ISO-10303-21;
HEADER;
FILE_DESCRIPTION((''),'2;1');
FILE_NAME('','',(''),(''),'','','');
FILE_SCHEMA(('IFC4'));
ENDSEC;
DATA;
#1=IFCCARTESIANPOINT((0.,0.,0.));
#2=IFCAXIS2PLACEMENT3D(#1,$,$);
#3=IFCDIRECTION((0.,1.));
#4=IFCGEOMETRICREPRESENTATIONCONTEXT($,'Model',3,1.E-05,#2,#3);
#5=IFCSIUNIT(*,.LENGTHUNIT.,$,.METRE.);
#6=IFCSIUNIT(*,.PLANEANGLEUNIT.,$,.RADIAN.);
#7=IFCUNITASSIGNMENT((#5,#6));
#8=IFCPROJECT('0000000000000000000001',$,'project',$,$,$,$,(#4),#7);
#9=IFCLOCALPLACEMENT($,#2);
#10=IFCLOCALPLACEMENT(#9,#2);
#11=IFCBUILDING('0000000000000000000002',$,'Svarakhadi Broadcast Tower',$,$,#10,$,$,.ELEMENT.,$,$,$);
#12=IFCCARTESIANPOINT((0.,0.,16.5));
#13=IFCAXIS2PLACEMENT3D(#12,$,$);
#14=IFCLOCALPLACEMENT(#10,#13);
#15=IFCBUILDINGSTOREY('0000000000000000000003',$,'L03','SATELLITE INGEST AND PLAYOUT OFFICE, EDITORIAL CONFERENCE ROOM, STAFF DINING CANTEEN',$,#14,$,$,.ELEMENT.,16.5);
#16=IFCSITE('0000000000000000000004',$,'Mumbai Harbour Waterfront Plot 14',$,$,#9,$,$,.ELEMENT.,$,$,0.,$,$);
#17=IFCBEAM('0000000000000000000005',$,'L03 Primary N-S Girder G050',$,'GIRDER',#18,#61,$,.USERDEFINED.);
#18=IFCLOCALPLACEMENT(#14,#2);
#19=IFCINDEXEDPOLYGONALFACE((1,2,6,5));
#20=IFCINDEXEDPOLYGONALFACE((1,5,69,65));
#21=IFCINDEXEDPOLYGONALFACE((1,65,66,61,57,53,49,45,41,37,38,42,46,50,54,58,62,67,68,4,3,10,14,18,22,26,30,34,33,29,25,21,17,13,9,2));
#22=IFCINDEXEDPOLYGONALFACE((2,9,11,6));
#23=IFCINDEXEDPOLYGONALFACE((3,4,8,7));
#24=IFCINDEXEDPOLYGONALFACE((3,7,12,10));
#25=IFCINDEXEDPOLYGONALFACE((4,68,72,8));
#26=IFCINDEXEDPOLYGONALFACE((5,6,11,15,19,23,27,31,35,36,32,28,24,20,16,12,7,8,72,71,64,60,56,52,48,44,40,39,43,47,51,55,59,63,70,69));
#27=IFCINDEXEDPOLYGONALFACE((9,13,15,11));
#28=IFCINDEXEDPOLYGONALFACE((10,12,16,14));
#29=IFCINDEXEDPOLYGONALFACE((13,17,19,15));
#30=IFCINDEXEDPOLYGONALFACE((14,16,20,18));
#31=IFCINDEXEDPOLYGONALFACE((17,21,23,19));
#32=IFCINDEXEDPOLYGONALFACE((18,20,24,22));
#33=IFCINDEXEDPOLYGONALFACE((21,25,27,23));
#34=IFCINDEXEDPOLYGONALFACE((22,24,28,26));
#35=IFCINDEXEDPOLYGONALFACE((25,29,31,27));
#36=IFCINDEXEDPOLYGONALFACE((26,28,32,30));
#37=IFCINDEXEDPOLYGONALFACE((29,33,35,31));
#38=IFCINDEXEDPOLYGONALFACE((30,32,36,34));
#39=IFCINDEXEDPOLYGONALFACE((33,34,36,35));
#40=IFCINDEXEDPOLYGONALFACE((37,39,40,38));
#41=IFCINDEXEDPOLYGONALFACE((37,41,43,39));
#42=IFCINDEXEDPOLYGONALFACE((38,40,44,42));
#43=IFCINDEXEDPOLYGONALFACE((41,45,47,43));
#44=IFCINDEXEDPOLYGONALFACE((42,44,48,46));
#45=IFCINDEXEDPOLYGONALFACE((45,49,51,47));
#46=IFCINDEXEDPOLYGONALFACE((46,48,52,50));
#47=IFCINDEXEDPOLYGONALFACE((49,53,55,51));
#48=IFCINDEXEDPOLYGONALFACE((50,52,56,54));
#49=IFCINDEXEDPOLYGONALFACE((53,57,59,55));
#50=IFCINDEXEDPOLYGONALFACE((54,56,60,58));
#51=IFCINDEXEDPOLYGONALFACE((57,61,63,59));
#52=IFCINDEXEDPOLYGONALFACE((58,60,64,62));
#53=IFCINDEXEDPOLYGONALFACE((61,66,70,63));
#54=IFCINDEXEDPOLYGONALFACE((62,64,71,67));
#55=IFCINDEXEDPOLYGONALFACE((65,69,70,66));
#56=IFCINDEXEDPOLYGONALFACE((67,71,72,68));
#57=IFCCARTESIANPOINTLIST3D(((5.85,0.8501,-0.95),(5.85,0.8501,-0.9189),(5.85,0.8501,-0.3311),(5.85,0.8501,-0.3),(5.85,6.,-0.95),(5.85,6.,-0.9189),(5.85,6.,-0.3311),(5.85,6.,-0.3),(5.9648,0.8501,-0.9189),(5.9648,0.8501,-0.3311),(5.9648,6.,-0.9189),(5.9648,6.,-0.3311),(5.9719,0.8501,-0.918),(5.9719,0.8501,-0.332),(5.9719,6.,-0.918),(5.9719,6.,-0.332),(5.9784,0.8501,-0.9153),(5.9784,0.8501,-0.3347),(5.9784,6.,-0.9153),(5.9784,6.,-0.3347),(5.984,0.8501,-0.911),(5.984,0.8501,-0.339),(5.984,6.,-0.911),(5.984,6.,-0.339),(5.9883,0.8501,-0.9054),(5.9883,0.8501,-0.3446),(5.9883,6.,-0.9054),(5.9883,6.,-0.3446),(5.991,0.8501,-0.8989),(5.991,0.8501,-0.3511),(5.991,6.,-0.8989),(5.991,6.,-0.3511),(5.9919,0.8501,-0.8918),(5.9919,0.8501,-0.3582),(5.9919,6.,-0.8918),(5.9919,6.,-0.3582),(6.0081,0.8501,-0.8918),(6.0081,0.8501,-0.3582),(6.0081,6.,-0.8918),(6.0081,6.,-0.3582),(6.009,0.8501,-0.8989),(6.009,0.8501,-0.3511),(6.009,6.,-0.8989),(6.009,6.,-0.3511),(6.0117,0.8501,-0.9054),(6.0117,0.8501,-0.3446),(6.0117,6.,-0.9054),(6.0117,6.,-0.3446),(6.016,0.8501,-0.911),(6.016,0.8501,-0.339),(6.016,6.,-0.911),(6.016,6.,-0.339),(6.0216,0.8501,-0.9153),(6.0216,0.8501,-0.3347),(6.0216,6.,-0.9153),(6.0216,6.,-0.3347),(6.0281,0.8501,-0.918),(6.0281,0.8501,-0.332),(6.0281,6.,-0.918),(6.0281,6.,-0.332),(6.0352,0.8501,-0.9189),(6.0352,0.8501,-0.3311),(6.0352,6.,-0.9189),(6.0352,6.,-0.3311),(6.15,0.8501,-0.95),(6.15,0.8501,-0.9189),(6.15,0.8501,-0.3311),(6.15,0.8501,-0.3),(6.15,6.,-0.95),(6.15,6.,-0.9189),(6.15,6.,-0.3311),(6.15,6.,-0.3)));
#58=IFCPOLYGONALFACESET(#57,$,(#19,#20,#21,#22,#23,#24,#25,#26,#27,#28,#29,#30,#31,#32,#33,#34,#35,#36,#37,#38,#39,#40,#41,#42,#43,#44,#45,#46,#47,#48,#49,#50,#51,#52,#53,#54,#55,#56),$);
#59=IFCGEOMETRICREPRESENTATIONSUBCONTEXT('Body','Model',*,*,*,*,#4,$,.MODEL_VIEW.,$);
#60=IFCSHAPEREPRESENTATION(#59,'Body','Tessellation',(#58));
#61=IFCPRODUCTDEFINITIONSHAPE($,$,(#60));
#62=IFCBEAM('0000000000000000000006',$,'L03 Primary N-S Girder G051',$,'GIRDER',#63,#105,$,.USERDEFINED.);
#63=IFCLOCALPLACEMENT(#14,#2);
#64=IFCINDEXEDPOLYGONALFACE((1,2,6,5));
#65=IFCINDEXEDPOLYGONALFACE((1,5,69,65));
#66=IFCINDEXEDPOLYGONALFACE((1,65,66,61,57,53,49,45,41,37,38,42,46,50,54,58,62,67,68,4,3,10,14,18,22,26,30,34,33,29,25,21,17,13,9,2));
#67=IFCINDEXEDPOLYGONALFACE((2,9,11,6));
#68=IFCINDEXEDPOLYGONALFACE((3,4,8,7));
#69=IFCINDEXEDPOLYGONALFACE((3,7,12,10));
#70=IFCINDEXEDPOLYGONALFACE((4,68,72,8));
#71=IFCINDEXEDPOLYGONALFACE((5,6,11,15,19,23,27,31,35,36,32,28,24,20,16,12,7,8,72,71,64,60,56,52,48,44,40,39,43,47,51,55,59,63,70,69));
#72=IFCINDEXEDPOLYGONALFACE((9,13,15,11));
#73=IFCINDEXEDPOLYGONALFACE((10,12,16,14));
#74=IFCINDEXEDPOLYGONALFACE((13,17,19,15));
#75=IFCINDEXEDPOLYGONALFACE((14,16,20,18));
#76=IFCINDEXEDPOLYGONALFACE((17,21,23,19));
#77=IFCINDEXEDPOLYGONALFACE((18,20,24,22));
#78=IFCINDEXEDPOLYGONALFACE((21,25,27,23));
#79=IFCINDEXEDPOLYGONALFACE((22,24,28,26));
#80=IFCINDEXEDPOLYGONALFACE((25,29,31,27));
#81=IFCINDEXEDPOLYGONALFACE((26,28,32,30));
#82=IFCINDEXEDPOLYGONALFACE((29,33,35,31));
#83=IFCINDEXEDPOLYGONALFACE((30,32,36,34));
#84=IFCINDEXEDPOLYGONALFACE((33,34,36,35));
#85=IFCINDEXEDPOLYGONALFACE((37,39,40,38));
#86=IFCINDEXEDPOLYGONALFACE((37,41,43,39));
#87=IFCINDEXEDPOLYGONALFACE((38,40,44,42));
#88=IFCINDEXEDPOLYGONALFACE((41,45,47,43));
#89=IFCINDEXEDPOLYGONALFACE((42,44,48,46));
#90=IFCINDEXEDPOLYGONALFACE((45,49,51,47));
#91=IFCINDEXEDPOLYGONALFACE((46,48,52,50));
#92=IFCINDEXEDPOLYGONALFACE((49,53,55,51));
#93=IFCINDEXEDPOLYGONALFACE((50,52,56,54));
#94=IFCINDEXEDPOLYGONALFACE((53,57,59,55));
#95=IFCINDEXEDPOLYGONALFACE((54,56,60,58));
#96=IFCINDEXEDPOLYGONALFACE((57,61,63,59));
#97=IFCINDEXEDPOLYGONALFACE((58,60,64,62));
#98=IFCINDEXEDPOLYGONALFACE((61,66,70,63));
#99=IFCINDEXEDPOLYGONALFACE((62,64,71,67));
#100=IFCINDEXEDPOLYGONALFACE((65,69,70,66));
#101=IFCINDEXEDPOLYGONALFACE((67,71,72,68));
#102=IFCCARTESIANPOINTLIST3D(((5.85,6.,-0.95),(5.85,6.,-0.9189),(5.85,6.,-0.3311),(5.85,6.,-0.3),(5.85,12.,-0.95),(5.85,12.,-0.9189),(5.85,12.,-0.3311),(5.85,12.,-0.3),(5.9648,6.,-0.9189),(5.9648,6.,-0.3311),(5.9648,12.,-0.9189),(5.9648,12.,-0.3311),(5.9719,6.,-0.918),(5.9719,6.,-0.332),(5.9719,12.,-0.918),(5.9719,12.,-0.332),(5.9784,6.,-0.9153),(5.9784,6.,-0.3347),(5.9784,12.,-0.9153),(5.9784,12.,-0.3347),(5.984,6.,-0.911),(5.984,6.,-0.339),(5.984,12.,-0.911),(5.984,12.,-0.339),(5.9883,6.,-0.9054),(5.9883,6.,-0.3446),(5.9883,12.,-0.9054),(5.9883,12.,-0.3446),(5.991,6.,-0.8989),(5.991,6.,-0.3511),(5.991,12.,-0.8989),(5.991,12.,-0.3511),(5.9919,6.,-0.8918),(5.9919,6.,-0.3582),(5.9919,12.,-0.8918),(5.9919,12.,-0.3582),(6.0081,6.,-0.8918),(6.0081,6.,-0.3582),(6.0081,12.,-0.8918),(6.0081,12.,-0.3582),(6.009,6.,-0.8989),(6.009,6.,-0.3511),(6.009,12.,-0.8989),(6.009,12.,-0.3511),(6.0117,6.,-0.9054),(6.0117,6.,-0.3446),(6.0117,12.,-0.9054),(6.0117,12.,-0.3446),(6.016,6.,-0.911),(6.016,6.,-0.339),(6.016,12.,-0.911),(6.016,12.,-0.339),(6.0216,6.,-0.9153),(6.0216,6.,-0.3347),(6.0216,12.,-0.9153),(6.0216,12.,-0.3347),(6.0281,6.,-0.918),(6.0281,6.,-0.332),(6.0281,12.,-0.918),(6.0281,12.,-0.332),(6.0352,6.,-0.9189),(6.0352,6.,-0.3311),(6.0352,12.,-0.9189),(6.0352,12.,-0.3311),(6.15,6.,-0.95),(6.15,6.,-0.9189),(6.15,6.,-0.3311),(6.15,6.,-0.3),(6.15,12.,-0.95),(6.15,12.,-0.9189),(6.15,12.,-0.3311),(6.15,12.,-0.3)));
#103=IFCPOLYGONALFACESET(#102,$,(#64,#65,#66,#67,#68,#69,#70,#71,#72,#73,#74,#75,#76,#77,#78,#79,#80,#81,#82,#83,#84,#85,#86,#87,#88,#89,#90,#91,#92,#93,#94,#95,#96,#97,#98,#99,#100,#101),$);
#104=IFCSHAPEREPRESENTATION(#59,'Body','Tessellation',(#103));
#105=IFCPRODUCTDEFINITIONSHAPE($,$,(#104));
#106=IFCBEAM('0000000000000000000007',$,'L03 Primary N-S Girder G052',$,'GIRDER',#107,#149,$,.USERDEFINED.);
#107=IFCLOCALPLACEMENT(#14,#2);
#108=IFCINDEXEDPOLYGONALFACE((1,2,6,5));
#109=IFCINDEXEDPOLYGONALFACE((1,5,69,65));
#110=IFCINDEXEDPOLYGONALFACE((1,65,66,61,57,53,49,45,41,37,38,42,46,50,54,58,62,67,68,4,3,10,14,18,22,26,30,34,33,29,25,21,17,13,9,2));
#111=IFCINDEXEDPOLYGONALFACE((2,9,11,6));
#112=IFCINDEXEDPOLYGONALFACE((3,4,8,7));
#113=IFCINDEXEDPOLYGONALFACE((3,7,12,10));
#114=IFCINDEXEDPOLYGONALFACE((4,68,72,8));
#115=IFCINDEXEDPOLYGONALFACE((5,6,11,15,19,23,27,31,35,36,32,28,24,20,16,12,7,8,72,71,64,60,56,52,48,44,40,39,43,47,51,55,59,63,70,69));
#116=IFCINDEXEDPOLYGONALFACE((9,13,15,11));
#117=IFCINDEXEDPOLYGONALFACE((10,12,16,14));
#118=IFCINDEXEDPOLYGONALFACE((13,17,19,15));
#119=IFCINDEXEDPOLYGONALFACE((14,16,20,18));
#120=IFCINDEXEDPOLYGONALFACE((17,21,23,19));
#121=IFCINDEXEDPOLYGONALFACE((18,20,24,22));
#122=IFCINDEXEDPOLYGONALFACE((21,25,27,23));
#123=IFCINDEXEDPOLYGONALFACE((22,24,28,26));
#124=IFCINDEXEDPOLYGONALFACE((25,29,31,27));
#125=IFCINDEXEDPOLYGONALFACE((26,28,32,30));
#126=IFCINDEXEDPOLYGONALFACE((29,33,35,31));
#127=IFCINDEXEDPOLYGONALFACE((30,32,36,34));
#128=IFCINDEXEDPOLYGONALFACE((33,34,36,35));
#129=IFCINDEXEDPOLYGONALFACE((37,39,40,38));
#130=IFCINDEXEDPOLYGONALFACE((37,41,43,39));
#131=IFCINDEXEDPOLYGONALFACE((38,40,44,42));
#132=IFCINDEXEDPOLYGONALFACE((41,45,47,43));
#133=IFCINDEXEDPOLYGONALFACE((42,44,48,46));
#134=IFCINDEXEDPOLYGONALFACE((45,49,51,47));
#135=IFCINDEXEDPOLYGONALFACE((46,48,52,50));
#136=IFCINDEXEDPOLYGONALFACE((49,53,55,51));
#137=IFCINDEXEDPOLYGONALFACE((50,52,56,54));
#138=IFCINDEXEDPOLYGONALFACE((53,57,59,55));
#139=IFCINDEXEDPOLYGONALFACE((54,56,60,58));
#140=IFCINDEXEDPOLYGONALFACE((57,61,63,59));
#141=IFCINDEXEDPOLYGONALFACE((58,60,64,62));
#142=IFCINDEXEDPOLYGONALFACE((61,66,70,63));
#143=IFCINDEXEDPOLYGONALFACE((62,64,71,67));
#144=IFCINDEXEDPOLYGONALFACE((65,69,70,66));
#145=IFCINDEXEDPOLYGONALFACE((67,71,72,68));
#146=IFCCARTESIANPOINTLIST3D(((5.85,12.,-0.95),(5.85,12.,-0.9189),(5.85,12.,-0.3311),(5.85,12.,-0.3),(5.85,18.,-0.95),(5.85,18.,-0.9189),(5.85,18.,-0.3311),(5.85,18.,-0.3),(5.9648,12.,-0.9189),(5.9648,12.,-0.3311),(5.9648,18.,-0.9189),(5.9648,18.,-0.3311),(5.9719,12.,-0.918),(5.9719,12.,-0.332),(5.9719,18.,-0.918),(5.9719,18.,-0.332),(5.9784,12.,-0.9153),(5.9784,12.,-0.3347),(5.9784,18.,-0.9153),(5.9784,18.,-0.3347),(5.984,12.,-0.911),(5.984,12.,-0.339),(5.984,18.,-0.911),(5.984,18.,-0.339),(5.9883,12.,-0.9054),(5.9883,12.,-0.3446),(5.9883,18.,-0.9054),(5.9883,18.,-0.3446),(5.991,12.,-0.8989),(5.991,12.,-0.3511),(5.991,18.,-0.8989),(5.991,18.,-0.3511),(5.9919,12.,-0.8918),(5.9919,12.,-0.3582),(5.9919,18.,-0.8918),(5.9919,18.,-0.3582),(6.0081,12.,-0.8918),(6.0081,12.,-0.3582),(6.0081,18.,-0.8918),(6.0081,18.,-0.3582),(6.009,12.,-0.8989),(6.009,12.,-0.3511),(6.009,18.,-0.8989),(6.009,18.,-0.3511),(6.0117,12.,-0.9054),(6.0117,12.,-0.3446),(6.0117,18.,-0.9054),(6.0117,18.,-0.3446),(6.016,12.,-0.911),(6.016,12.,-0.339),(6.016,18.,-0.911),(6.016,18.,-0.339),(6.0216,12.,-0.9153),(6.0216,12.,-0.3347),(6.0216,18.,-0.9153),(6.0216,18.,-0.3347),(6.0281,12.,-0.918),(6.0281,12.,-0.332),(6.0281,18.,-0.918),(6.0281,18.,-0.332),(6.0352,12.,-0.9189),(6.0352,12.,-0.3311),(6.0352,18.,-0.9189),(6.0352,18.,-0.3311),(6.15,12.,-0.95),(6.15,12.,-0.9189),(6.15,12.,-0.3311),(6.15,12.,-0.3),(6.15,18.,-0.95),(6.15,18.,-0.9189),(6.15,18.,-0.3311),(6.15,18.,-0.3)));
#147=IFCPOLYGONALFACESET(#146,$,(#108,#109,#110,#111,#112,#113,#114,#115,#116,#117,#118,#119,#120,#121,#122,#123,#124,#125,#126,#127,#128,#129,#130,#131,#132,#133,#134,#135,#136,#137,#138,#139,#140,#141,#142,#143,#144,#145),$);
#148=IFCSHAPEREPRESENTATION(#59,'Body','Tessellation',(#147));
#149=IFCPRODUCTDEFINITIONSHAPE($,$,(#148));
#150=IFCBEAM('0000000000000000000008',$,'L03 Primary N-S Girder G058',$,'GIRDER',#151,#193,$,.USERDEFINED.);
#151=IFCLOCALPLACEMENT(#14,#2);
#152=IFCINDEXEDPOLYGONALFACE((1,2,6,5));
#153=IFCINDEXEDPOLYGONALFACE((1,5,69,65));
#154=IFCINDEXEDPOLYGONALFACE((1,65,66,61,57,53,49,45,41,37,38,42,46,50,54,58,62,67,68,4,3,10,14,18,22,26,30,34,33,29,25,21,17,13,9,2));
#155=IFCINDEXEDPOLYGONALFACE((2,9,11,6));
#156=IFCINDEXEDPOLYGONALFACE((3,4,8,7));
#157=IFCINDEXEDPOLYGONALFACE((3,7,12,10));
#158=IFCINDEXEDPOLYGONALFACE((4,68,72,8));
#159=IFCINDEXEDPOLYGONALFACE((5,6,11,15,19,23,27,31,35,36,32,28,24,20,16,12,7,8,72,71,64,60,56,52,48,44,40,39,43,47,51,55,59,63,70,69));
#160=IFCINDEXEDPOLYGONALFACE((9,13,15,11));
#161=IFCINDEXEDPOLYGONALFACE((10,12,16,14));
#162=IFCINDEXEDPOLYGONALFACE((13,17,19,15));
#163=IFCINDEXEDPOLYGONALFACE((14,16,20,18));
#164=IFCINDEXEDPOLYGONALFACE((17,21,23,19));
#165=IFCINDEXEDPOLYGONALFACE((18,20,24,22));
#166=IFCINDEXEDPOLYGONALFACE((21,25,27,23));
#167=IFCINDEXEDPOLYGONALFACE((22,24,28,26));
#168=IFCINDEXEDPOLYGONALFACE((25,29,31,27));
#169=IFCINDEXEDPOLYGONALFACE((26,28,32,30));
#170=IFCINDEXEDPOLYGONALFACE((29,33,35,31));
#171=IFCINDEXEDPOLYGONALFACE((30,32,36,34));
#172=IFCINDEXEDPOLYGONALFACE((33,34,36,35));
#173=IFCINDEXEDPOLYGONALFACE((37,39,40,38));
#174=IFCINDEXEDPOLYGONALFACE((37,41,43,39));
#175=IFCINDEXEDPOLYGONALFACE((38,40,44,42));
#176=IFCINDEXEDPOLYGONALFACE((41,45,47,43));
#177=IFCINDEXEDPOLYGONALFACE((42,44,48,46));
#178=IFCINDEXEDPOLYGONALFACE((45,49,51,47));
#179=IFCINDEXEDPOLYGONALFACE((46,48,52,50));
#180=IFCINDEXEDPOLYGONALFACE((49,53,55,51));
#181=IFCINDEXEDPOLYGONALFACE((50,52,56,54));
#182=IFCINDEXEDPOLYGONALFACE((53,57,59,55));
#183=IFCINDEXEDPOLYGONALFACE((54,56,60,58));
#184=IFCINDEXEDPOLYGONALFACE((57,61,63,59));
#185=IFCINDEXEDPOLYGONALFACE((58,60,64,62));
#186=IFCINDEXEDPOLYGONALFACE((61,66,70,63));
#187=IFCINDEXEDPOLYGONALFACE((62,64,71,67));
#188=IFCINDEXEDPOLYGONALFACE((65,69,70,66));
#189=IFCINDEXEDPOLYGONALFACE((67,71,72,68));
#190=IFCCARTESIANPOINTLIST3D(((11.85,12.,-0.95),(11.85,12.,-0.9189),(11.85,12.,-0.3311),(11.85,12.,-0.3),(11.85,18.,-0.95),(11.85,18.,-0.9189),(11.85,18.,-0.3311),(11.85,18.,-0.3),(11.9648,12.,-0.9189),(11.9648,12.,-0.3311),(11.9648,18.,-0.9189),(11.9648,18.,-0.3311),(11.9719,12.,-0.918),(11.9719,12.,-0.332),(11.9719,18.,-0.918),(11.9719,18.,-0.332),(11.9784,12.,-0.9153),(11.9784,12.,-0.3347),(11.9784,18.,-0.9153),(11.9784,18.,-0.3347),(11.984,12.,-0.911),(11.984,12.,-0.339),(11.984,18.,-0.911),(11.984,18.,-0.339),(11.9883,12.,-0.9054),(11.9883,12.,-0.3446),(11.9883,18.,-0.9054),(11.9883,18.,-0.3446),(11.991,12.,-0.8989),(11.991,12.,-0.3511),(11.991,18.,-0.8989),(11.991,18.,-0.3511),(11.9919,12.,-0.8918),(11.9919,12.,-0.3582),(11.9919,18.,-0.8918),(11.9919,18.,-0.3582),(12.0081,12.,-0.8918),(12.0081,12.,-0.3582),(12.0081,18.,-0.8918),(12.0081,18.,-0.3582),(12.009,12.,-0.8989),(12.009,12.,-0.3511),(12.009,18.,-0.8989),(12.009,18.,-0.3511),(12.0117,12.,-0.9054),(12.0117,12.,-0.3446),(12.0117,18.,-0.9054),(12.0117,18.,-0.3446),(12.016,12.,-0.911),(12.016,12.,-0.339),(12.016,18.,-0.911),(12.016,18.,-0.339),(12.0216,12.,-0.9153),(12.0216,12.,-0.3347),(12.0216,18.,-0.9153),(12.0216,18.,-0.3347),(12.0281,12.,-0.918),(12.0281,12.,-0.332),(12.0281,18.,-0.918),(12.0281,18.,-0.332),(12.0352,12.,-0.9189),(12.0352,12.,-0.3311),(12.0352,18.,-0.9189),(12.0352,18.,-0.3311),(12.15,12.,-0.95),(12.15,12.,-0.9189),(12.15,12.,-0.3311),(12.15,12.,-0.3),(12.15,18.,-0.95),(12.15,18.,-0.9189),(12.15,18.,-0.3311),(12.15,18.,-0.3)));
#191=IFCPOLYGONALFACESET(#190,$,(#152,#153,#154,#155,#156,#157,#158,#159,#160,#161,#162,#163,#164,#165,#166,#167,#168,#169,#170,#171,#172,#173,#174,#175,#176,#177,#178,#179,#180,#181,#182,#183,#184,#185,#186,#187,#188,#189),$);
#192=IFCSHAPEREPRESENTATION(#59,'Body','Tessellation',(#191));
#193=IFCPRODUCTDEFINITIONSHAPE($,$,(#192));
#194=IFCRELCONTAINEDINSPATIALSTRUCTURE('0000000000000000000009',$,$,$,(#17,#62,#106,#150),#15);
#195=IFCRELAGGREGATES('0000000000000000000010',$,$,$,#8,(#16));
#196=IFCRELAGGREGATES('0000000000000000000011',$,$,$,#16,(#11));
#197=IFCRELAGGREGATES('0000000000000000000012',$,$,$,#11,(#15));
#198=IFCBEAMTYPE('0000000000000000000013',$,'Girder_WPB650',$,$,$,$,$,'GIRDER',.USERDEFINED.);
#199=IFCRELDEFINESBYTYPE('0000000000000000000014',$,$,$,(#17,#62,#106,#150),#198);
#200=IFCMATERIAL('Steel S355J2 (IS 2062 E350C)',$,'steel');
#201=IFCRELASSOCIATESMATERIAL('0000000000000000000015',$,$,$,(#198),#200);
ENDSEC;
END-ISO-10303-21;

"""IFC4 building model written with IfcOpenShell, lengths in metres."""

from ifc_helpers import new_model, si_unit, direction, frame, origin, origin_2d, place, context, subcontext, project, spatial, i_section, extrude, material, material_profile, profile_set, type_object, element, save


model = new_model("IFC4")

# Units and contexts
model_context = context("Model", 3, precision=1e-05, world=origin(), true_north=direction((0.0, 1.0)))
body_context = subcontext(model_context, "Body", "Model", "MODEL_VIEW")
ifc_project = project(units=[si_unit("LENGTHUNIT", "METRE"), si_unit("PLANEANGLEUNIT", "RADIAN")], contexts=[model_context])

# Site, building, storey
site_placement = place(None, origin())
site = spatial("IfcSite", under=ifc_project, at=site_placement, Name="Mumbai Harbour Waterfront Plot 14", CompositionType="ELEMENT", RefElevation=0.0)
building_placement = place(site_placement, origin())
building = spatial("IfcBuilding", under=site, at=building_placement, Name="Svarakhadi Broadcast Tower", CompositionType="ELEMENT")
storey_placement = place(building_placement, frame((0.0, 0.0, 16.5)))
storey = spatial("IfcBuildingStorey", under=building, at=storey_placement, Name="L03", Description="SATELLITE INGEST AND PLAYOUT OFFICE, EDITORIAL CONFERENCE ROOM, STAFF DINING CANTEEN", CompositionType="ELEMENT", Elevation=16.5)

# Beams
ifc_material_1 = material(Name="Steel S355J2 (IS 2062 E350C)", Category="steel")
ifc_material_profile_1 = material_profile(ifc_material_1, i_section(OverallWidth=0.3, OverallDepth=0.6499, WebThickness=0.0161, FlangeThickness=0.031, FilletRadius=0.0271, at=origin_2d()), Name="WPB 650x300x225")
ifc_profile_set_1 = profile_set([ifc_material_profile_1], Name="Steel S355J2 (IS 2062 E350C)")
beam_type_1 = type_object("IfcBeamType", Name="Girder_WPB650", ElementType="GIRDER", PredefinedType="USERDEFINED", material=ifc_profile_set_1)
beam_1_placement = place(storey_placement, frame((6.0, 0.8501, -0.625), z_axis=(0.0, 1.0, 0.0), x_axis=(-1.0, 0.0, 0.0)))
element("IfcBeam", 1, at=beam_1_placement, inside=storey, type_object=beam_type_1, Name="L03 Primary N-S Girder G050", ObjectType="GIRDER", PredefinedType="USERDEFINED", context=body_context, shape_type="SweptSolid", body=[
    extrude(i_section(OverallWidth=0.3, OverallDepth=0.6499, WebThickness=0.0161, FlangeThickness=0.031, FilletRadius=0.0271, at=origin_2d()), origin(), (0.0, 0.0, 1.0), 5.1499),
])
for number, where, z_axis, x_axis, name in (
    (2, (6.0, 6.0, -0.625), (0.0, 1.0, 0.0), (-1.0, 0.0, 0.0), "L03 Primary N-S Girder G051"),
    (3, (6.0, 12.0, -0.625), (0.0, 1.0, 0.0), (-1.0, 0.0, 0.0), "L03 Primary N-S Girder G052"),
    (4, (12.0, 12.0, -0.625), (0.0, 1.0, 0.0), (-1.0, 0.0, 0.0), "L03 Primary N-S Girder G058"),
):
    element("IfcBeam", number, at=place(storey_placement, frame(where, z_axis=z_axis, x_axis=x_axis)), inside=storey, type_object=beam_type_1, Name=name, ObjectType="GIRDER", PredefinedType="USERDEFINED", context=body_context, shape_type="SweptSolid", body=[
        extrude(i_section(OverallWidth=0.3, OverallDepth=0.6499, WebThickness=0.0161, FlangeThickness=0.031, FilletRadius=0.0271, at=origin_2d()), origin(), (0.0, 0.0, 1.0), 6.0),
    ])

save(model, "model.ifc")
